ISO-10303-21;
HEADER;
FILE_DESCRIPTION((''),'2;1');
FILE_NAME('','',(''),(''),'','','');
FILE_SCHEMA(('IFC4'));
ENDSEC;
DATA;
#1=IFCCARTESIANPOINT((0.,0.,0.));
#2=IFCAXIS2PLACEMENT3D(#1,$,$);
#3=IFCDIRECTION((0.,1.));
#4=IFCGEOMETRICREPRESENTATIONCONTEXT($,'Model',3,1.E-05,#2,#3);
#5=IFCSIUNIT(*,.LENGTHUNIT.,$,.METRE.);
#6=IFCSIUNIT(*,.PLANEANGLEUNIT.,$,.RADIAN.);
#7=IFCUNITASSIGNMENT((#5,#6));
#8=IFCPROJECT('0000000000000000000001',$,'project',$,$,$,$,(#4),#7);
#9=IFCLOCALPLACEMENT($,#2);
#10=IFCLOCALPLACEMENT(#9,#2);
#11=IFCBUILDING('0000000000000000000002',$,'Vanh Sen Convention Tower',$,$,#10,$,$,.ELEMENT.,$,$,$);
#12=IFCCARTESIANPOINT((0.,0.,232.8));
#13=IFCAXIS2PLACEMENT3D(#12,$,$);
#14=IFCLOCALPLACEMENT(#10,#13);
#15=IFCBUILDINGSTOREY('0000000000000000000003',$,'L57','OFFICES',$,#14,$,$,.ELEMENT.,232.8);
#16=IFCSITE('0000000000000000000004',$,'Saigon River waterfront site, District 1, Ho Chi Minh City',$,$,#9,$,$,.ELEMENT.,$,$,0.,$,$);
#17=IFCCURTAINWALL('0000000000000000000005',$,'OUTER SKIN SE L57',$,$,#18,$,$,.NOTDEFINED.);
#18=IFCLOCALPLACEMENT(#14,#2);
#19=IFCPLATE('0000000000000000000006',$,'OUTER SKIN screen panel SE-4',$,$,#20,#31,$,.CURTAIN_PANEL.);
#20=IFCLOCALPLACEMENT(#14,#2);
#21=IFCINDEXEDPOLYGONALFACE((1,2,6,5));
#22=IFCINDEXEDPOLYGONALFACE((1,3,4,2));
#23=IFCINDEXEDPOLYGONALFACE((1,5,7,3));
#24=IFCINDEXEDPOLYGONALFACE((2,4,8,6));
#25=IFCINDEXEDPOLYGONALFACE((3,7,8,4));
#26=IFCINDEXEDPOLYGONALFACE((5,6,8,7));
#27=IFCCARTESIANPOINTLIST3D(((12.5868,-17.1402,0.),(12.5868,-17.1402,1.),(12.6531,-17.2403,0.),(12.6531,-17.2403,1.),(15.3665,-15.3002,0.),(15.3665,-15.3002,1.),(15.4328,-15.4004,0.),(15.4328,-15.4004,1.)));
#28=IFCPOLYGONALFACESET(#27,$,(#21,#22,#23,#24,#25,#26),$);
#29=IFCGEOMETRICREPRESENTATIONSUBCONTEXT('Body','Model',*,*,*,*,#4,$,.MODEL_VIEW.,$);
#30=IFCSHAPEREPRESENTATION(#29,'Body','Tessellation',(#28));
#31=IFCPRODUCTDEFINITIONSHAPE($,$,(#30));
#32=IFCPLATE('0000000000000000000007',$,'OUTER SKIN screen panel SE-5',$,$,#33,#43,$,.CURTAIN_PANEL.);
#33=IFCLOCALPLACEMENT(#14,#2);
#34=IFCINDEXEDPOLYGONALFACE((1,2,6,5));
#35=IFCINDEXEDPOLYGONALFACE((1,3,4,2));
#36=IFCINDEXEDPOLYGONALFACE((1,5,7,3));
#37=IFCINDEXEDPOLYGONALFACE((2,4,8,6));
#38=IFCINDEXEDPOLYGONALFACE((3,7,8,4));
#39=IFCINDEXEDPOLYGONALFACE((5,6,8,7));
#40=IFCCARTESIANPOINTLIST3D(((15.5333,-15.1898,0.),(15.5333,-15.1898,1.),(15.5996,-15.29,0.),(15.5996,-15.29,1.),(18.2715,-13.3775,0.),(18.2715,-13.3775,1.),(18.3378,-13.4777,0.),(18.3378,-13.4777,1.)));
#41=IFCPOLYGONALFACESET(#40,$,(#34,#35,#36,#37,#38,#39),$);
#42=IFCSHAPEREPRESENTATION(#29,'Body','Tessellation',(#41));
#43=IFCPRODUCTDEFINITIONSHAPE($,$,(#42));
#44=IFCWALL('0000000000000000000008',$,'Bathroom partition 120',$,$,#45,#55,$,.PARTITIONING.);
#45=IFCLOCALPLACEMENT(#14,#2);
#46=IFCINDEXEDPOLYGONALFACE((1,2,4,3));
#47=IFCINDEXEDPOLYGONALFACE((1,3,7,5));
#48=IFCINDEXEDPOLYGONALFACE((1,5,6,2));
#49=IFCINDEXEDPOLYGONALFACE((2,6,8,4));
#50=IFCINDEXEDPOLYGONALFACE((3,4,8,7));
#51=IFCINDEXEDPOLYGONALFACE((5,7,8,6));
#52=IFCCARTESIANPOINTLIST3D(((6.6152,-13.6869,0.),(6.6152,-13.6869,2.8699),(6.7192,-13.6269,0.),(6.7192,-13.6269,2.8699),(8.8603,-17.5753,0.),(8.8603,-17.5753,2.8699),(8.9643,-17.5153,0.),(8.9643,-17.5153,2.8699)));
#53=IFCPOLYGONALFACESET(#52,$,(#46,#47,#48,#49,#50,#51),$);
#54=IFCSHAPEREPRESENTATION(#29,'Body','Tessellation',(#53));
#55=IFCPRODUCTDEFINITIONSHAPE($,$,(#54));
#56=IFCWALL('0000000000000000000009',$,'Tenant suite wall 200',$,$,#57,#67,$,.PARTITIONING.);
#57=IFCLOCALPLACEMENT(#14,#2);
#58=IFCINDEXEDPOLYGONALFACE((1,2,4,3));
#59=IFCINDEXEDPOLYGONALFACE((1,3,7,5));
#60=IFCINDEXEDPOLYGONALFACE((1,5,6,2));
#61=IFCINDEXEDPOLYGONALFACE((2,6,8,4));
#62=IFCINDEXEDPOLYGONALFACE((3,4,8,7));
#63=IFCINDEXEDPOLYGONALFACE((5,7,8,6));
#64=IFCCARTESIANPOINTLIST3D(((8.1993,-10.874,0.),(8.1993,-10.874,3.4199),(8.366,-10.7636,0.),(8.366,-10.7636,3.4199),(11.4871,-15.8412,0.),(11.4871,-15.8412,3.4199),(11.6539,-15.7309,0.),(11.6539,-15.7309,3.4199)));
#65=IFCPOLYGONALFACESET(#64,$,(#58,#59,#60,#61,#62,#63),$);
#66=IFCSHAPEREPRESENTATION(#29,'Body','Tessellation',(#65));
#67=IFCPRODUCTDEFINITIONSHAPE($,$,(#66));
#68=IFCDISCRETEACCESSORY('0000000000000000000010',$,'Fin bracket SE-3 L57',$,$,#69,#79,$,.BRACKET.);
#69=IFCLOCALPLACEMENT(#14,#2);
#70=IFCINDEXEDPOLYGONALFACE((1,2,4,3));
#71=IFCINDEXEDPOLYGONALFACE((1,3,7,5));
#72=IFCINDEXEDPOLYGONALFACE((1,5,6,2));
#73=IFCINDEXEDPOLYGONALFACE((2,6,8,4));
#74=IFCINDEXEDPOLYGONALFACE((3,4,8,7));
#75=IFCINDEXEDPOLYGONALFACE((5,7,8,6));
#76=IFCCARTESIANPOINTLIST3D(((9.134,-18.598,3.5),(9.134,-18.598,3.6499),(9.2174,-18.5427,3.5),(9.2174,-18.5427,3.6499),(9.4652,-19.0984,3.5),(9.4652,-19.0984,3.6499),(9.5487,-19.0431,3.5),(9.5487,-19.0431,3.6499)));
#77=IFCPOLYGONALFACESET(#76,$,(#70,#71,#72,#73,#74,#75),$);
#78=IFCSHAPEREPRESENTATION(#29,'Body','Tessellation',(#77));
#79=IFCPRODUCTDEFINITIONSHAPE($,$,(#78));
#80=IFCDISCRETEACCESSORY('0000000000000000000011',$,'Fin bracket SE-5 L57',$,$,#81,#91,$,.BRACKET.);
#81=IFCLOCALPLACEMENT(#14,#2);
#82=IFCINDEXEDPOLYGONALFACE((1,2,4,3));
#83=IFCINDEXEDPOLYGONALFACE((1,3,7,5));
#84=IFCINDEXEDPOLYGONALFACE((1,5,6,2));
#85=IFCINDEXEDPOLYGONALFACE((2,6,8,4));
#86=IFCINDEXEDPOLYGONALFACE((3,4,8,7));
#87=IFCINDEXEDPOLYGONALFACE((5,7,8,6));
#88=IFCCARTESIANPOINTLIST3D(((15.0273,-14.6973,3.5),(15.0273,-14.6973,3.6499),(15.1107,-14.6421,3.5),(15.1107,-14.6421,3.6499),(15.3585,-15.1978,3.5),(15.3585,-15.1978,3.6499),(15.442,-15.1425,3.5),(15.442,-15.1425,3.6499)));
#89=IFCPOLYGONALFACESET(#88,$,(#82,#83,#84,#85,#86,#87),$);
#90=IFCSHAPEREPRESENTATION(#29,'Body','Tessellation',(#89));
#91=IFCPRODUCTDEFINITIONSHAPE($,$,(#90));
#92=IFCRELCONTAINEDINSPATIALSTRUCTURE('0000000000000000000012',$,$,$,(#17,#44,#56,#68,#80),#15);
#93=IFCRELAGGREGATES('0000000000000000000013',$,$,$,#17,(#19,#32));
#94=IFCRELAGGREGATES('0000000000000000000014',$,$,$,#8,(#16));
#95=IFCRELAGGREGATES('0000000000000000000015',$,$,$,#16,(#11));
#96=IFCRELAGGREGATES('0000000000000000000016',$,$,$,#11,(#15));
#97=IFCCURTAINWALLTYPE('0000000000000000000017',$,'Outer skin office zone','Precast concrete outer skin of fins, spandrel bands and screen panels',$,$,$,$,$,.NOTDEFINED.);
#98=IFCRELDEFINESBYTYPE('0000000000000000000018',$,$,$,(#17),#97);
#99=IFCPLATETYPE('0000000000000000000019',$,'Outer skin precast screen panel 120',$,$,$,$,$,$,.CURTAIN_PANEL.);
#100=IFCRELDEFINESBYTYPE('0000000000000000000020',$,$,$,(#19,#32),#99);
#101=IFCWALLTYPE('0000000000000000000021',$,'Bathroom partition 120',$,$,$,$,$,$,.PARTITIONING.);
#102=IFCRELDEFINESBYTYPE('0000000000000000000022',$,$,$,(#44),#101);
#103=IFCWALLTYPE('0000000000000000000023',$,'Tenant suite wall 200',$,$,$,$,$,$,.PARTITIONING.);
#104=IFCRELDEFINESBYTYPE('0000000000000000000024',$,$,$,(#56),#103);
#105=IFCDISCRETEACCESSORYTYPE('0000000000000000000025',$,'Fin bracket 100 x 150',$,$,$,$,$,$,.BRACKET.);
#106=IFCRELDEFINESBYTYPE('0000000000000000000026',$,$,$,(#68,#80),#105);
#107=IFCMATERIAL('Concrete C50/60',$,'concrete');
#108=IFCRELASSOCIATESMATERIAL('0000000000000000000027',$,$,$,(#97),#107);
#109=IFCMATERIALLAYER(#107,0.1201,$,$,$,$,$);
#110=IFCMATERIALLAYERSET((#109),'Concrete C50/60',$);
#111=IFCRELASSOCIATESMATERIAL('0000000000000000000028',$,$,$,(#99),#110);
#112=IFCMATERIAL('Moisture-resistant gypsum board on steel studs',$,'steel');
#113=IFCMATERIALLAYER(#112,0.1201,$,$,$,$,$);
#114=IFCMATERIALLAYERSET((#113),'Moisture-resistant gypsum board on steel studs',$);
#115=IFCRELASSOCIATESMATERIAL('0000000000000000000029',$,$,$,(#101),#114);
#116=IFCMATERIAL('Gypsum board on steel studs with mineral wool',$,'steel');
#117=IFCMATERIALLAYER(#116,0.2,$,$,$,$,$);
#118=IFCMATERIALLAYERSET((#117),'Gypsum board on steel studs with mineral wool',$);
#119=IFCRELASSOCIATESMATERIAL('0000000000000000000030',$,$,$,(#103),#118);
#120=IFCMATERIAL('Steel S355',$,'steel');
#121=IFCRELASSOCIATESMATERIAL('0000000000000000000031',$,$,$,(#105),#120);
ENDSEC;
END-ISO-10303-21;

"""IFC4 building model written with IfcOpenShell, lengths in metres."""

from ifc_helpers import new_model, si_unit, direction, frame, frame_2d, origin, origin_2d, place, context, subcontext, project, spatial, rectangle, extrude, material, layer, layer_set, type_object, element, aggregate, save


model = new_model("IFC4")

# Units and contexts
model_context = context("Model", 3, precision=1e-05, world=origin(), true_north=direction((0.0, 1.0)))
body_context = subcontext(model_context, "Body", "Model", "MODEL_VIEW")
ifc_project = project(units=[si_unit("LENGTHUNIT", "METRE"), si_unit("PLANEANGLEUNIT", "RADIAN")], contexts=[model_context])

# Site, building, storey
site_placement = place(None, origin())
site = spatial("IfcSite", under=ifc_project, at=site_placement, Name="Saigon River waterfront site, District 1, Ho Chi Minh City", CompositionType="ELEMENT", RefElevation=0.0)
building_placement = place(site_placement, origin())
building = spatial("IfcBuilding", under=site, at=building_placement, Name="Vanh Sen Convention Tower", CompositionType="ELEMENT")
storey_placement = place(building_placement, frame((0.0, 0.0, 232.8)))
storey = spatial("IfcBuildingStorey", under=building, at=storey_placement, Name="L57", Description="OFFICES", CompositionType="ELEMENT", Elevation=232.8)

# Curtain wall
ifc_material_1 = material(Name="Concrete C50/60", Category="concrete")
curtain_wall_type = type_object("IfcCurtainWallType", Name="Outer skin office zone", Description="Precast concrete outer skin of fins, spandrel bands and screen panels", PredefinedType="NOTDEFINED", material=ifc_material_1)
curtain_wall_1_placement = place(storey_placement, origin())
curtain_wall_1 = element("IfcCurtainWall", 1, at=curtain_wall_1_placement, inside=storey, type_object=curtain_wall_type, Name="OUTER SKIN SE L57", PredefinedType="NOTDEFINED")

# Plates
ifc_layer_1 = layer(ifc_material_1, 0.1201)
ifc_layer_set_1 = layer_set([ifc_layer_1], Name="Concrete C50/60")
plate_type = type_object("IfcPlateType", Name="Outer skin precast screen panel 120", PredefinedType="CURTAIN_PANEL", material=ifc_layer_set_1)
plate_1_placement = place(storey_placement, frame((14.0098, -16.2703, 0.0), z_axis=(0.0, 0.0, 1.0), x_axis=(0.833874, 0.551954, 0.0)))
plate_1 = element("IfcPlate", 2, at=plate_1_placement, type_object=plate_type, Name="OUTER SKIN screen panel SE-4", PredefinedType="CURTAIN_PANEL", context=body_context, shape_type="SweptSolid", body=[
    extrude(rectangle(XDim=3.3335, YDim=0.1201, at=origin_2d()), origin(), (0.0, 0.0, 1.0), 1.0),
])
plate_2_placement = place(storey_placement, frame((16.9355, -14.3337, 0.0), z_axis=(0.0, 0.0, 1.0), x_axis=(0.833896, 0.551921, 0.0)))
plate_2 = element("IfcPlate", 3, at=plate_2_placement, type_object=plate_type, Name="OUTER SKIN screen panel SE-5", PredefinedType="CURTAIN_PANEL", context=body_context, shape_type="SweptSolid", body=[
    extrude(rectangle(XDim=3.2837, YDim=0.1201, at=origin_2d()), origin(), (0.0, 0.0, 1.0), 1.0),
])
aggregate(curtain_wall_1, [plate_1, plate_2])

# Walls
ifc_material_2 = material(Name="Moisture-resistant gypsum board on steel studs", Category="steel")
ifc_layer_2 = layer(ifc_material_2, 0.1201)
ifc_layer_set_2 = layer_set([ifc_layer_2], Name="Moisture-resistant gypsum board on steel studs")
wall_type_1 = type_object("IfcWallType", Name="Bathroom partition 120", PredefinedType="PARTITIONING", material=ifc_layer_set_2)
wall_1_placement = place(storey_placement, frame((8.9124, -17.5454, 0.0), z_axis=(0.0, 0.0, 1.0), x_axis=(-0.500022, 0.866013, 0.0)))
element("IfcWall", 4, at=wall_1_placement, inside=storey, type_object=wall_type_1, Name="Bathroom partition 120", PredefinedType="PARTITIONING", context=body_context, shape_type="SweptSolid", body=[
    extrude(rectangle(XDim=4.49, YDim=0.1201, at=frame_2d((2.2451, 0.0))), origin(), (0.0, 0.0, 1.0), 2.8699),
])
ifc_material_3 = material(Name="Gypsum board on steel studs with mineral wool", Category="steel")
ifc_layer_3 = layer(ifc_material_3, 0.2)
ifc_layer_set_3 = layer_set([ifc_layer_3], Name="Gypsum board on steel studs with mineral wool")
wall_type_2 = type_object("IfcWallType", Name="Tenant suite wall 200", PredefinedType="PARTITIONING", material=ifc_layer_set_3)
wall_2_placement = place(storey_placement, frame((11.5706, -15.7861, 0.0), z_axis=(0.0, 0.0, 1.0), x_axis=(-0.551945, 0.833881, 0.0)))
element("IfcWall", 5, at=wall_2_placement, inside=storey, type_object=wall_type_2, Name="Tenant suite wall 200", PredefinedType="PARTITIONING", context=body_context, shape_type="SweptSolid", body=[
    extrude(rectangle(XDim=5.9568, YDim=0.2, at=frame_2d((2.9785, 0.0))), origin(), (0.0, 0.0, 1.0), 3.4199),
])

# Discrete accessories
ifc_material_4 = material(Name="Steel S355", Category="steel")
discrete_accessory_type = type_object("IfcDiscreteAccessoryType", Name="Fin bracket 100 x 150", PredefinedType="BRACKET", material=ifc_material_4)
for number, where, z_axis, x_axis, name in (
    (6, (9.3413, -18.8206, 3.5), (0.0, 0.0, 1.0), (0.551937, -0.833886, 0.0), "Fin bracket SE-3 L57"),
    (7, (15.2346, -14.9199, 3.5), (0.0, 0.0, 1.0), (0.551937, -0.833886, 0.0), "Fin bracket SE-5 L57"),
):
    element("IfcDiscreteAccessory", number, at=place(storey_placement, frame(where, z_axis=z_axis, x_axis=x_axis)), inside=storey, type_object=discrete_accessory_type, Name=name, PredefinedType="BRACKET", context=body_context, shape_type="SweptSolid", body=[
        extrude(rectangle(XDim=0.6001, YDim=0.1001, at=origin_2d()), origin(), (0.0, 0.0, 1.0), 0.1499),
    ])

save(model, "model.ifc")
